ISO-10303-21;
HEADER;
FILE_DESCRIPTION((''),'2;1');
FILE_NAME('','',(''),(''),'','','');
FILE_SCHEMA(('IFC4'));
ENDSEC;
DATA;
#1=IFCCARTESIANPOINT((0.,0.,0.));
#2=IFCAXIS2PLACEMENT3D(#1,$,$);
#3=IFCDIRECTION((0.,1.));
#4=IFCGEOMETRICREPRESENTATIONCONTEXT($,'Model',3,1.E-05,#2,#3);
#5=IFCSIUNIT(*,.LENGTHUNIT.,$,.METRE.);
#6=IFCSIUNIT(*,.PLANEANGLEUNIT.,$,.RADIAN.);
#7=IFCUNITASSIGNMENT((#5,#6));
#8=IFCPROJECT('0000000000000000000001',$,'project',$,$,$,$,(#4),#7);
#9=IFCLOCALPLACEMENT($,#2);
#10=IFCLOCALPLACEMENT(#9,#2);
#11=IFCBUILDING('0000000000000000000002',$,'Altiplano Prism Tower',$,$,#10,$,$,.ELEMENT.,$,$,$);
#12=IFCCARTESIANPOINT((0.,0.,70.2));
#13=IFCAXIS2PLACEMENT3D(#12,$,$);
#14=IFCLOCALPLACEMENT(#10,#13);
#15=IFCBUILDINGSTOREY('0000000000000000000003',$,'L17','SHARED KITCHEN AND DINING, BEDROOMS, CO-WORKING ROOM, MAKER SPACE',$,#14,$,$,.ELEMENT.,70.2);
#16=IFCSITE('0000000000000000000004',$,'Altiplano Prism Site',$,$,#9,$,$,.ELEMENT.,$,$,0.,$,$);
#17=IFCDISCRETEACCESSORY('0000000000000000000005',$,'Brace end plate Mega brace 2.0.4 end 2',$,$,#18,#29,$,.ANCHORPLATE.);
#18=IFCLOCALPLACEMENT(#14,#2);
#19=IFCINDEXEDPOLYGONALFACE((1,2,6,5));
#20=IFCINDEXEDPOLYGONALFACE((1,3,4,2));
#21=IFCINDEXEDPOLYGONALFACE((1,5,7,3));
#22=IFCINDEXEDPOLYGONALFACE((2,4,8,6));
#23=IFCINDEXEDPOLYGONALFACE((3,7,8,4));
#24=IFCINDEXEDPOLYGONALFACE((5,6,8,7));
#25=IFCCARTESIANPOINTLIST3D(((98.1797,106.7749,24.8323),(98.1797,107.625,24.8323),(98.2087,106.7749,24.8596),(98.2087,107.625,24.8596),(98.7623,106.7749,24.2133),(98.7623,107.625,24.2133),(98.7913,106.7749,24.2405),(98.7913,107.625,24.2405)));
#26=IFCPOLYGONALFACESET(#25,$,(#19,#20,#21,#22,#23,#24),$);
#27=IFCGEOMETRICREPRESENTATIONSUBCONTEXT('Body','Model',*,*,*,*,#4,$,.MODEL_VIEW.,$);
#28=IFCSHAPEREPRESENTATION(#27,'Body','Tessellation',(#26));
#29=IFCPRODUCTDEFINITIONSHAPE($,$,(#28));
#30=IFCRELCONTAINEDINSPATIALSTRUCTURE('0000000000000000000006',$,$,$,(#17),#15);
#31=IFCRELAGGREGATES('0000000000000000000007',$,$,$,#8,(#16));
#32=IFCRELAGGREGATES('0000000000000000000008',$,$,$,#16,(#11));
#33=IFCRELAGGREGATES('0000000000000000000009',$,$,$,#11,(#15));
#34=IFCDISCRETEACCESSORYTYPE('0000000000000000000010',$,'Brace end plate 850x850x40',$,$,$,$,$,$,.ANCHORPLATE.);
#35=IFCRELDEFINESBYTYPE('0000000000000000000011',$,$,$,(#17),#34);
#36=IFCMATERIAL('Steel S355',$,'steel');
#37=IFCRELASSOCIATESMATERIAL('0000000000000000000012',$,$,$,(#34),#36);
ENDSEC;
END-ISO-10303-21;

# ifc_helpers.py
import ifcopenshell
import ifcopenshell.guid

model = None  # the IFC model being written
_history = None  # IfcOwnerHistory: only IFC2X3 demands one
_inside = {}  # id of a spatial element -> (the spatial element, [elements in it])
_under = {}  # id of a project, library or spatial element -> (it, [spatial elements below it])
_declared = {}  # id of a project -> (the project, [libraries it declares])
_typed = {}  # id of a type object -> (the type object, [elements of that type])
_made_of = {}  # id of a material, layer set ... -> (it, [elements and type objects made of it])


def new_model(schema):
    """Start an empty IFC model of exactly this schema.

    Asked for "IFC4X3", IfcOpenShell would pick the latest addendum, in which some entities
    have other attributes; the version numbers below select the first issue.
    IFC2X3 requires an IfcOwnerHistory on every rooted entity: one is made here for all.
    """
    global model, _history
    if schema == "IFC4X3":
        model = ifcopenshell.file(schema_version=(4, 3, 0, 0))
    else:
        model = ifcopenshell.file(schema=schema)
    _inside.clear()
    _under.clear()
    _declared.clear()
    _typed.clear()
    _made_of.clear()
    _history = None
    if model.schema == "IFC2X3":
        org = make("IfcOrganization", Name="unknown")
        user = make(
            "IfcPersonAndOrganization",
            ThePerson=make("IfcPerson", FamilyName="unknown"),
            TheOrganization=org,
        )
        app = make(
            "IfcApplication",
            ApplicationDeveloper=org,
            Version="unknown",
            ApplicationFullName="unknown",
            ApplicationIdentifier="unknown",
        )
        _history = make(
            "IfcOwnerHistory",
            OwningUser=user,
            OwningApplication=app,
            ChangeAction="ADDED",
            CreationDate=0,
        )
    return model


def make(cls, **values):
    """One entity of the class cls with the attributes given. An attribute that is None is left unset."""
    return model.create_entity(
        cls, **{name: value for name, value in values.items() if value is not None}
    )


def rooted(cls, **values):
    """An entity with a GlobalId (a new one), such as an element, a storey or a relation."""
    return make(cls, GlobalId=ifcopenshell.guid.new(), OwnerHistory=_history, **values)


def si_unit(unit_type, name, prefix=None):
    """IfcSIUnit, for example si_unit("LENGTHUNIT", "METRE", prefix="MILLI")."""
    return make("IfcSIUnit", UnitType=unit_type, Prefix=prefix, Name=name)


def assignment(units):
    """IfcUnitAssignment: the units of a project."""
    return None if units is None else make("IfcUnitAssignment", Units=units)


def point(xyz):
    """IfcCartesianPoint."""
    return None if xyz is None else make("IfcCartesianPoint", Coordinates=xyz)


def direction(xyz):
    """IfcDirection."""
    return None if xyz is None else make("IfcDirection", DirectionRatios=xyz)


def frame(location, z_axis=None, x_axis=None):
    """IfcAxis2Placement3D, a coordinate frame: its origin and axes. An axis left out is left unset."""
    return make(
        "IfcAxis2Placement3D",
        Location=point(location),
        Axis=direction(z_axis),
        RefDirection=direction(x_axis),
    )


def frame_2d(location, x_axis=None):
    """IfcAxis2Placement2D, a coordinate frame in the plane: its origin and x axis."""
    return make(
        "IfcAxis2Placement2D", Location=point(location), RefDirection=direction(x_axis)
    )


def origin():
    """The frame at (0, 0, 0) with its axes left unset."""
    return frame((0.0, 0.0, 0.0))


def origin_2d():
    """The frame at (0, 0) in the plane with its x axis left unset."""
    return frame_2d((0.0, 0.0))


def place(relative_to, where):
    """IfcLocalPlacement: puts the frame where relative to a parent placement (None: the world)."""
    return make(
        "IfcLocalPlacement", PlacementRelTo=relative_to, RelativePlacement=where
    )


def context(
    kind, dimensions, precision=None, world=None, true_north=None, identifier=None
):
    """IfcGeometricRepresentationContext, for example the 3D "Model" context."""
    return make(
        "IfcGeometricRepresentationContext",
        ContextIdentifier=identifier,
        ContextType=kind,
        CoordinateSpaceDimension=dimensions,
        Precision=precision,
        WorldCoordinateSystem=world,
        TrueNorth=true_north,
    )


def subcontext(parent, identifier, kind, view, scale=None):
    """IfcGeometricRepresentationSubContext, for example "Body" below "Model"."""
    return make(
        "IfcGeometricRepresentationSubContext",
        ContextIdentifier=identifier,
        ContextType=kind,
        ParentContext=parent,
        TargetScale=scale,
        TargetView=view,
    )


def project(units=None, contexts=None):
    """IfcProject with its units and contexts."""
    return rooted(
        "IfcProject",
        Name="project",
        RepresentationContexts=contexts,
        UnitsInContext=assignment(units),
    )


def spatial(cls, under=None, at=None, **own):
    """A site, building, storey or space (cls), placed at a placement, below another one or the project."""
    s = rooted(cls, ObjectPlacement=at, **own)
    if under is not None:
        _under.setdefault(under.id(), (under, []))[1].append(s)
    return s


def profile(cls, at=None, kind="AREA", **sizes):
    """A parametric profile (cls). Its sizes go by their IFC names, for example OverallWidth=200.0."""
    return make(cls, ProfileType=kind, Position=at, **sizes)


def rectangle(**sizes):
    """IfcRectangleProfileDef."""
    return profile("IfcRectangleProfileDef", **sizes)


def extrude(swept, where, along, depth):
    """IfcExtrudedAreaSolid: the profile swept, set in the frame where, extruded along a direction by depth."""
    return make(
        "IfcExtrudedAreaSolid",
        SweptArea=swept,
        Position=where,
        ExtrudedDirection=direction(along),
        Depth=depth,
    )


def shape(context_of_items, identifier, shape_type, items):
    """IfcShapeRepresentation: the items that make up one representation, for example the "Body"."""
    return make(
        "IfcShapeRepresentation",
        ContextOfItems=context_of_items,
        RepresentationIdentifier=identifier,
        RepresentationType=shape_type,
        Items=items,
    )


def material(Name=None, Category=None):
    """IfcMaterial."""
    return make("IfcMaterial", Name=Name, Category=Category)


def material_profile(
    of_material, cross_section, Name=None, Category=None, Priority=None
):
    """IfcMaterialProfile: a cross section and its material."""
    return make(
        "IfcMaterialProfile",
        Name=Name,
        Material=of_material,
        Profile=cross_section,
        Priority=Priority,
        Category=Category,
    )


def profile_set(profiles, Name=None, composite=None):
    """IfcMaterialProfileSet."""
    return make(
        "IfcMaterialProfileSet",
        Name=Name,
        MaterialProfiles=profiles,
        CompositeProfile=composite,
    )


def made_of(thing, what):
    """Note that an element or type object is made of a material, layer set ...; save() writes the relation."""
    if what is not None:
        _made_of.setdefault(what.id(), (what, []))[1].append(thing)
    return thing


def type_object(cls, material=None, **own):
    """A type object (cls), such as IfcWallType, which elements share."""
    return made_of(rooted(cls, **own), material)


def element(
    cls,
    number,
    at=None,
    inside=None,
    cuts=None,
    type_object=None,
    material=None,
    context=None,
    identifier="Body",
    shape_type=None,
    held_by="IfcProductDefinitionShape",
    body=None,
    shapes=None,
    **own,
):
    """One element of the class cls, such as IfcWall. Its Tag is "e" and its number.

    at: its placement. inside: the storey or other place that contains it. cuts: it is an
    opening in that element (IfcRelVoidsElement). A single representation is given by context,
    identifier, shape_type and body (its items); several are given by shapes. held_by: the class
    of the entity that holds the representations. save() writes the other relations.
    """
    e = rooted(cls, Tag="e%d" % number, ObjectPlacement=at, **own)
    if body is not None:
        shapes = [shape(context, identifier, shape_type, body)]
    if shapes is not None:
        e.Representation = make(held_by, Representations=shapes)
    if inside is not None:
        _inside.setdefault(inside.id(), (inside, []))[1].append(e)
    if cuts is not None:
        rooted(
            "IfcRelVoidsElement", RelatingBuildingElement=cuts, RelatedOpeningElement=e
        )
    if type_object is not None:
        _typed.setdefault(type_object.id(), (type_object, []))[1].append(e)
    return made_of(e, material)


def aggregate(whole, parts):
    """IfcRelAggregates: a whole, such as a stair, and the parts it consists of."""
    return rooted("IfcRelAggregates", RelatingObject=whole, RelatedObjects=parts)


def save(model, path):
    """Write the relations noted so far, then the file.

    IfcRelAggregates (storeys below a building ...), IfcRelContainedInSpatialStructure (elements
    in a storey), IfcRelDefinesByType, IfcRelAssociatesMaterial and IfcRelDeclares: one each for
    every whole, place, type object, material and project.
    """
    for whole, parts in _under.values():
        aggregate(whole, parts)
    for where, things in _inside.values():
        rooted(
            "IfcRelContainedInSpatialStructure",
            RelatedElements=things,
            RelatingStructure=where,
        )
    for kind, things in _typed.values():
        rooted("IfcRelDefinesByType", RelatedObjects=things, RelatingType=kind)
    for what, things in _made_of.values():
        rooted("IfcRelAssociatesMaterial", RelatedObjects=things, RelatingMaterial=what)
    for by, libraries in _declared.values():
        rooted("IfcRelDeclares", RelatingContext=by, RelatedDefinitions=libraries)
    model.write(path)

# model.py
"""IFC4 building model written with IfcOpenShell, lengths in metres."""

from ifc_helpers import new_model, si_unit, direction, frame, origin, origin_2d, place, context, subcontext, project, spatial, rectangle, extrude, material, material_profile, profile_set, type_object, element, save


model = new_model("IFC4")

# Units and contexts
model_context = context("Model", 3, precision=1e-05, world=origin(), true_north=direction((0.0, 1.0)))
body_context = subcontext(model_context, "Body", "Model", "MODEL_VIEW")
ifc_project = project(units=[si_unit("LENGTHUNIT", "METRE"), si_unit("PLANEANGLEUNIT", "RADIAN")], contexts=[model_context])

# Site, building, storey
site_placement = place(None, origin())
site = spatial("IfcSite", under=ifc_project, at=site_placement, Name="Altiplano Prism Site", CompositionType="ELEMENT", RefElevation=0.0)
building_placement = place(site_placement, origin())
building = spatial("IfcBuilding", under=site, at=building_placement, Name="Altiplano Prism Tower", CompositionType="ELEMENT")
storey_placement = place(building_placement, frame((0.0, 0.0, 70.2)))
storey = spatial("IfcBuildingStorey", under=building, at=storey_placement, Name="L17", Description="SHARED KITCHEN AND DINING, BEDROOMS, CO-WORKING ROOM, MAKER SPACE", CompositionType="ELEMENT", Elevation=70.2)

# Shared definitions
ifc_material_1 = material(Name="Steel S355", Category="steel")

# Discrete accessory
ifc_material_profile_1 = material_profile(ifc_material_1, rectangle(XDim=0.8501, YDim=0.8501, at=origin_2d()), Name="Brace end plate 850x850x40")
ifc_profile_set_1 = profile_set([ifc_material_profile_1], Name="Steel S355")
discrete_accessory_type = type_object("IfcDiscreteAccessoryType", Name="Brace end plate 850x850x40", PredefinedType="ANCHORPLATE", material=ifc_profile_set_1)
discrete_accessory_placement = place(storey_placement, frame((98.5, 107.2, 24.55), z_axis=(-0.7282, 0.0, -0.685365), x_axis=(0.0, -1.0, 0.0)))
element("IfcDiscreteAccessory", 1, at=discrete_accessory_placement, inside=storey, type_object=discrete_accessory_type, Name="Brace end plate Mega brace 2.0.4 end 2", PredefinedType="ANCHORPLATE", context=body_context, shape_type="SweptSolid", body=[
    extrude(rectangle(XDim=0.8501, YDim=0.8501, at=origin_2d()), origin(), (0.0, 0.0, 1.0), 0.0398),
])

save(model, "model.ifc")
